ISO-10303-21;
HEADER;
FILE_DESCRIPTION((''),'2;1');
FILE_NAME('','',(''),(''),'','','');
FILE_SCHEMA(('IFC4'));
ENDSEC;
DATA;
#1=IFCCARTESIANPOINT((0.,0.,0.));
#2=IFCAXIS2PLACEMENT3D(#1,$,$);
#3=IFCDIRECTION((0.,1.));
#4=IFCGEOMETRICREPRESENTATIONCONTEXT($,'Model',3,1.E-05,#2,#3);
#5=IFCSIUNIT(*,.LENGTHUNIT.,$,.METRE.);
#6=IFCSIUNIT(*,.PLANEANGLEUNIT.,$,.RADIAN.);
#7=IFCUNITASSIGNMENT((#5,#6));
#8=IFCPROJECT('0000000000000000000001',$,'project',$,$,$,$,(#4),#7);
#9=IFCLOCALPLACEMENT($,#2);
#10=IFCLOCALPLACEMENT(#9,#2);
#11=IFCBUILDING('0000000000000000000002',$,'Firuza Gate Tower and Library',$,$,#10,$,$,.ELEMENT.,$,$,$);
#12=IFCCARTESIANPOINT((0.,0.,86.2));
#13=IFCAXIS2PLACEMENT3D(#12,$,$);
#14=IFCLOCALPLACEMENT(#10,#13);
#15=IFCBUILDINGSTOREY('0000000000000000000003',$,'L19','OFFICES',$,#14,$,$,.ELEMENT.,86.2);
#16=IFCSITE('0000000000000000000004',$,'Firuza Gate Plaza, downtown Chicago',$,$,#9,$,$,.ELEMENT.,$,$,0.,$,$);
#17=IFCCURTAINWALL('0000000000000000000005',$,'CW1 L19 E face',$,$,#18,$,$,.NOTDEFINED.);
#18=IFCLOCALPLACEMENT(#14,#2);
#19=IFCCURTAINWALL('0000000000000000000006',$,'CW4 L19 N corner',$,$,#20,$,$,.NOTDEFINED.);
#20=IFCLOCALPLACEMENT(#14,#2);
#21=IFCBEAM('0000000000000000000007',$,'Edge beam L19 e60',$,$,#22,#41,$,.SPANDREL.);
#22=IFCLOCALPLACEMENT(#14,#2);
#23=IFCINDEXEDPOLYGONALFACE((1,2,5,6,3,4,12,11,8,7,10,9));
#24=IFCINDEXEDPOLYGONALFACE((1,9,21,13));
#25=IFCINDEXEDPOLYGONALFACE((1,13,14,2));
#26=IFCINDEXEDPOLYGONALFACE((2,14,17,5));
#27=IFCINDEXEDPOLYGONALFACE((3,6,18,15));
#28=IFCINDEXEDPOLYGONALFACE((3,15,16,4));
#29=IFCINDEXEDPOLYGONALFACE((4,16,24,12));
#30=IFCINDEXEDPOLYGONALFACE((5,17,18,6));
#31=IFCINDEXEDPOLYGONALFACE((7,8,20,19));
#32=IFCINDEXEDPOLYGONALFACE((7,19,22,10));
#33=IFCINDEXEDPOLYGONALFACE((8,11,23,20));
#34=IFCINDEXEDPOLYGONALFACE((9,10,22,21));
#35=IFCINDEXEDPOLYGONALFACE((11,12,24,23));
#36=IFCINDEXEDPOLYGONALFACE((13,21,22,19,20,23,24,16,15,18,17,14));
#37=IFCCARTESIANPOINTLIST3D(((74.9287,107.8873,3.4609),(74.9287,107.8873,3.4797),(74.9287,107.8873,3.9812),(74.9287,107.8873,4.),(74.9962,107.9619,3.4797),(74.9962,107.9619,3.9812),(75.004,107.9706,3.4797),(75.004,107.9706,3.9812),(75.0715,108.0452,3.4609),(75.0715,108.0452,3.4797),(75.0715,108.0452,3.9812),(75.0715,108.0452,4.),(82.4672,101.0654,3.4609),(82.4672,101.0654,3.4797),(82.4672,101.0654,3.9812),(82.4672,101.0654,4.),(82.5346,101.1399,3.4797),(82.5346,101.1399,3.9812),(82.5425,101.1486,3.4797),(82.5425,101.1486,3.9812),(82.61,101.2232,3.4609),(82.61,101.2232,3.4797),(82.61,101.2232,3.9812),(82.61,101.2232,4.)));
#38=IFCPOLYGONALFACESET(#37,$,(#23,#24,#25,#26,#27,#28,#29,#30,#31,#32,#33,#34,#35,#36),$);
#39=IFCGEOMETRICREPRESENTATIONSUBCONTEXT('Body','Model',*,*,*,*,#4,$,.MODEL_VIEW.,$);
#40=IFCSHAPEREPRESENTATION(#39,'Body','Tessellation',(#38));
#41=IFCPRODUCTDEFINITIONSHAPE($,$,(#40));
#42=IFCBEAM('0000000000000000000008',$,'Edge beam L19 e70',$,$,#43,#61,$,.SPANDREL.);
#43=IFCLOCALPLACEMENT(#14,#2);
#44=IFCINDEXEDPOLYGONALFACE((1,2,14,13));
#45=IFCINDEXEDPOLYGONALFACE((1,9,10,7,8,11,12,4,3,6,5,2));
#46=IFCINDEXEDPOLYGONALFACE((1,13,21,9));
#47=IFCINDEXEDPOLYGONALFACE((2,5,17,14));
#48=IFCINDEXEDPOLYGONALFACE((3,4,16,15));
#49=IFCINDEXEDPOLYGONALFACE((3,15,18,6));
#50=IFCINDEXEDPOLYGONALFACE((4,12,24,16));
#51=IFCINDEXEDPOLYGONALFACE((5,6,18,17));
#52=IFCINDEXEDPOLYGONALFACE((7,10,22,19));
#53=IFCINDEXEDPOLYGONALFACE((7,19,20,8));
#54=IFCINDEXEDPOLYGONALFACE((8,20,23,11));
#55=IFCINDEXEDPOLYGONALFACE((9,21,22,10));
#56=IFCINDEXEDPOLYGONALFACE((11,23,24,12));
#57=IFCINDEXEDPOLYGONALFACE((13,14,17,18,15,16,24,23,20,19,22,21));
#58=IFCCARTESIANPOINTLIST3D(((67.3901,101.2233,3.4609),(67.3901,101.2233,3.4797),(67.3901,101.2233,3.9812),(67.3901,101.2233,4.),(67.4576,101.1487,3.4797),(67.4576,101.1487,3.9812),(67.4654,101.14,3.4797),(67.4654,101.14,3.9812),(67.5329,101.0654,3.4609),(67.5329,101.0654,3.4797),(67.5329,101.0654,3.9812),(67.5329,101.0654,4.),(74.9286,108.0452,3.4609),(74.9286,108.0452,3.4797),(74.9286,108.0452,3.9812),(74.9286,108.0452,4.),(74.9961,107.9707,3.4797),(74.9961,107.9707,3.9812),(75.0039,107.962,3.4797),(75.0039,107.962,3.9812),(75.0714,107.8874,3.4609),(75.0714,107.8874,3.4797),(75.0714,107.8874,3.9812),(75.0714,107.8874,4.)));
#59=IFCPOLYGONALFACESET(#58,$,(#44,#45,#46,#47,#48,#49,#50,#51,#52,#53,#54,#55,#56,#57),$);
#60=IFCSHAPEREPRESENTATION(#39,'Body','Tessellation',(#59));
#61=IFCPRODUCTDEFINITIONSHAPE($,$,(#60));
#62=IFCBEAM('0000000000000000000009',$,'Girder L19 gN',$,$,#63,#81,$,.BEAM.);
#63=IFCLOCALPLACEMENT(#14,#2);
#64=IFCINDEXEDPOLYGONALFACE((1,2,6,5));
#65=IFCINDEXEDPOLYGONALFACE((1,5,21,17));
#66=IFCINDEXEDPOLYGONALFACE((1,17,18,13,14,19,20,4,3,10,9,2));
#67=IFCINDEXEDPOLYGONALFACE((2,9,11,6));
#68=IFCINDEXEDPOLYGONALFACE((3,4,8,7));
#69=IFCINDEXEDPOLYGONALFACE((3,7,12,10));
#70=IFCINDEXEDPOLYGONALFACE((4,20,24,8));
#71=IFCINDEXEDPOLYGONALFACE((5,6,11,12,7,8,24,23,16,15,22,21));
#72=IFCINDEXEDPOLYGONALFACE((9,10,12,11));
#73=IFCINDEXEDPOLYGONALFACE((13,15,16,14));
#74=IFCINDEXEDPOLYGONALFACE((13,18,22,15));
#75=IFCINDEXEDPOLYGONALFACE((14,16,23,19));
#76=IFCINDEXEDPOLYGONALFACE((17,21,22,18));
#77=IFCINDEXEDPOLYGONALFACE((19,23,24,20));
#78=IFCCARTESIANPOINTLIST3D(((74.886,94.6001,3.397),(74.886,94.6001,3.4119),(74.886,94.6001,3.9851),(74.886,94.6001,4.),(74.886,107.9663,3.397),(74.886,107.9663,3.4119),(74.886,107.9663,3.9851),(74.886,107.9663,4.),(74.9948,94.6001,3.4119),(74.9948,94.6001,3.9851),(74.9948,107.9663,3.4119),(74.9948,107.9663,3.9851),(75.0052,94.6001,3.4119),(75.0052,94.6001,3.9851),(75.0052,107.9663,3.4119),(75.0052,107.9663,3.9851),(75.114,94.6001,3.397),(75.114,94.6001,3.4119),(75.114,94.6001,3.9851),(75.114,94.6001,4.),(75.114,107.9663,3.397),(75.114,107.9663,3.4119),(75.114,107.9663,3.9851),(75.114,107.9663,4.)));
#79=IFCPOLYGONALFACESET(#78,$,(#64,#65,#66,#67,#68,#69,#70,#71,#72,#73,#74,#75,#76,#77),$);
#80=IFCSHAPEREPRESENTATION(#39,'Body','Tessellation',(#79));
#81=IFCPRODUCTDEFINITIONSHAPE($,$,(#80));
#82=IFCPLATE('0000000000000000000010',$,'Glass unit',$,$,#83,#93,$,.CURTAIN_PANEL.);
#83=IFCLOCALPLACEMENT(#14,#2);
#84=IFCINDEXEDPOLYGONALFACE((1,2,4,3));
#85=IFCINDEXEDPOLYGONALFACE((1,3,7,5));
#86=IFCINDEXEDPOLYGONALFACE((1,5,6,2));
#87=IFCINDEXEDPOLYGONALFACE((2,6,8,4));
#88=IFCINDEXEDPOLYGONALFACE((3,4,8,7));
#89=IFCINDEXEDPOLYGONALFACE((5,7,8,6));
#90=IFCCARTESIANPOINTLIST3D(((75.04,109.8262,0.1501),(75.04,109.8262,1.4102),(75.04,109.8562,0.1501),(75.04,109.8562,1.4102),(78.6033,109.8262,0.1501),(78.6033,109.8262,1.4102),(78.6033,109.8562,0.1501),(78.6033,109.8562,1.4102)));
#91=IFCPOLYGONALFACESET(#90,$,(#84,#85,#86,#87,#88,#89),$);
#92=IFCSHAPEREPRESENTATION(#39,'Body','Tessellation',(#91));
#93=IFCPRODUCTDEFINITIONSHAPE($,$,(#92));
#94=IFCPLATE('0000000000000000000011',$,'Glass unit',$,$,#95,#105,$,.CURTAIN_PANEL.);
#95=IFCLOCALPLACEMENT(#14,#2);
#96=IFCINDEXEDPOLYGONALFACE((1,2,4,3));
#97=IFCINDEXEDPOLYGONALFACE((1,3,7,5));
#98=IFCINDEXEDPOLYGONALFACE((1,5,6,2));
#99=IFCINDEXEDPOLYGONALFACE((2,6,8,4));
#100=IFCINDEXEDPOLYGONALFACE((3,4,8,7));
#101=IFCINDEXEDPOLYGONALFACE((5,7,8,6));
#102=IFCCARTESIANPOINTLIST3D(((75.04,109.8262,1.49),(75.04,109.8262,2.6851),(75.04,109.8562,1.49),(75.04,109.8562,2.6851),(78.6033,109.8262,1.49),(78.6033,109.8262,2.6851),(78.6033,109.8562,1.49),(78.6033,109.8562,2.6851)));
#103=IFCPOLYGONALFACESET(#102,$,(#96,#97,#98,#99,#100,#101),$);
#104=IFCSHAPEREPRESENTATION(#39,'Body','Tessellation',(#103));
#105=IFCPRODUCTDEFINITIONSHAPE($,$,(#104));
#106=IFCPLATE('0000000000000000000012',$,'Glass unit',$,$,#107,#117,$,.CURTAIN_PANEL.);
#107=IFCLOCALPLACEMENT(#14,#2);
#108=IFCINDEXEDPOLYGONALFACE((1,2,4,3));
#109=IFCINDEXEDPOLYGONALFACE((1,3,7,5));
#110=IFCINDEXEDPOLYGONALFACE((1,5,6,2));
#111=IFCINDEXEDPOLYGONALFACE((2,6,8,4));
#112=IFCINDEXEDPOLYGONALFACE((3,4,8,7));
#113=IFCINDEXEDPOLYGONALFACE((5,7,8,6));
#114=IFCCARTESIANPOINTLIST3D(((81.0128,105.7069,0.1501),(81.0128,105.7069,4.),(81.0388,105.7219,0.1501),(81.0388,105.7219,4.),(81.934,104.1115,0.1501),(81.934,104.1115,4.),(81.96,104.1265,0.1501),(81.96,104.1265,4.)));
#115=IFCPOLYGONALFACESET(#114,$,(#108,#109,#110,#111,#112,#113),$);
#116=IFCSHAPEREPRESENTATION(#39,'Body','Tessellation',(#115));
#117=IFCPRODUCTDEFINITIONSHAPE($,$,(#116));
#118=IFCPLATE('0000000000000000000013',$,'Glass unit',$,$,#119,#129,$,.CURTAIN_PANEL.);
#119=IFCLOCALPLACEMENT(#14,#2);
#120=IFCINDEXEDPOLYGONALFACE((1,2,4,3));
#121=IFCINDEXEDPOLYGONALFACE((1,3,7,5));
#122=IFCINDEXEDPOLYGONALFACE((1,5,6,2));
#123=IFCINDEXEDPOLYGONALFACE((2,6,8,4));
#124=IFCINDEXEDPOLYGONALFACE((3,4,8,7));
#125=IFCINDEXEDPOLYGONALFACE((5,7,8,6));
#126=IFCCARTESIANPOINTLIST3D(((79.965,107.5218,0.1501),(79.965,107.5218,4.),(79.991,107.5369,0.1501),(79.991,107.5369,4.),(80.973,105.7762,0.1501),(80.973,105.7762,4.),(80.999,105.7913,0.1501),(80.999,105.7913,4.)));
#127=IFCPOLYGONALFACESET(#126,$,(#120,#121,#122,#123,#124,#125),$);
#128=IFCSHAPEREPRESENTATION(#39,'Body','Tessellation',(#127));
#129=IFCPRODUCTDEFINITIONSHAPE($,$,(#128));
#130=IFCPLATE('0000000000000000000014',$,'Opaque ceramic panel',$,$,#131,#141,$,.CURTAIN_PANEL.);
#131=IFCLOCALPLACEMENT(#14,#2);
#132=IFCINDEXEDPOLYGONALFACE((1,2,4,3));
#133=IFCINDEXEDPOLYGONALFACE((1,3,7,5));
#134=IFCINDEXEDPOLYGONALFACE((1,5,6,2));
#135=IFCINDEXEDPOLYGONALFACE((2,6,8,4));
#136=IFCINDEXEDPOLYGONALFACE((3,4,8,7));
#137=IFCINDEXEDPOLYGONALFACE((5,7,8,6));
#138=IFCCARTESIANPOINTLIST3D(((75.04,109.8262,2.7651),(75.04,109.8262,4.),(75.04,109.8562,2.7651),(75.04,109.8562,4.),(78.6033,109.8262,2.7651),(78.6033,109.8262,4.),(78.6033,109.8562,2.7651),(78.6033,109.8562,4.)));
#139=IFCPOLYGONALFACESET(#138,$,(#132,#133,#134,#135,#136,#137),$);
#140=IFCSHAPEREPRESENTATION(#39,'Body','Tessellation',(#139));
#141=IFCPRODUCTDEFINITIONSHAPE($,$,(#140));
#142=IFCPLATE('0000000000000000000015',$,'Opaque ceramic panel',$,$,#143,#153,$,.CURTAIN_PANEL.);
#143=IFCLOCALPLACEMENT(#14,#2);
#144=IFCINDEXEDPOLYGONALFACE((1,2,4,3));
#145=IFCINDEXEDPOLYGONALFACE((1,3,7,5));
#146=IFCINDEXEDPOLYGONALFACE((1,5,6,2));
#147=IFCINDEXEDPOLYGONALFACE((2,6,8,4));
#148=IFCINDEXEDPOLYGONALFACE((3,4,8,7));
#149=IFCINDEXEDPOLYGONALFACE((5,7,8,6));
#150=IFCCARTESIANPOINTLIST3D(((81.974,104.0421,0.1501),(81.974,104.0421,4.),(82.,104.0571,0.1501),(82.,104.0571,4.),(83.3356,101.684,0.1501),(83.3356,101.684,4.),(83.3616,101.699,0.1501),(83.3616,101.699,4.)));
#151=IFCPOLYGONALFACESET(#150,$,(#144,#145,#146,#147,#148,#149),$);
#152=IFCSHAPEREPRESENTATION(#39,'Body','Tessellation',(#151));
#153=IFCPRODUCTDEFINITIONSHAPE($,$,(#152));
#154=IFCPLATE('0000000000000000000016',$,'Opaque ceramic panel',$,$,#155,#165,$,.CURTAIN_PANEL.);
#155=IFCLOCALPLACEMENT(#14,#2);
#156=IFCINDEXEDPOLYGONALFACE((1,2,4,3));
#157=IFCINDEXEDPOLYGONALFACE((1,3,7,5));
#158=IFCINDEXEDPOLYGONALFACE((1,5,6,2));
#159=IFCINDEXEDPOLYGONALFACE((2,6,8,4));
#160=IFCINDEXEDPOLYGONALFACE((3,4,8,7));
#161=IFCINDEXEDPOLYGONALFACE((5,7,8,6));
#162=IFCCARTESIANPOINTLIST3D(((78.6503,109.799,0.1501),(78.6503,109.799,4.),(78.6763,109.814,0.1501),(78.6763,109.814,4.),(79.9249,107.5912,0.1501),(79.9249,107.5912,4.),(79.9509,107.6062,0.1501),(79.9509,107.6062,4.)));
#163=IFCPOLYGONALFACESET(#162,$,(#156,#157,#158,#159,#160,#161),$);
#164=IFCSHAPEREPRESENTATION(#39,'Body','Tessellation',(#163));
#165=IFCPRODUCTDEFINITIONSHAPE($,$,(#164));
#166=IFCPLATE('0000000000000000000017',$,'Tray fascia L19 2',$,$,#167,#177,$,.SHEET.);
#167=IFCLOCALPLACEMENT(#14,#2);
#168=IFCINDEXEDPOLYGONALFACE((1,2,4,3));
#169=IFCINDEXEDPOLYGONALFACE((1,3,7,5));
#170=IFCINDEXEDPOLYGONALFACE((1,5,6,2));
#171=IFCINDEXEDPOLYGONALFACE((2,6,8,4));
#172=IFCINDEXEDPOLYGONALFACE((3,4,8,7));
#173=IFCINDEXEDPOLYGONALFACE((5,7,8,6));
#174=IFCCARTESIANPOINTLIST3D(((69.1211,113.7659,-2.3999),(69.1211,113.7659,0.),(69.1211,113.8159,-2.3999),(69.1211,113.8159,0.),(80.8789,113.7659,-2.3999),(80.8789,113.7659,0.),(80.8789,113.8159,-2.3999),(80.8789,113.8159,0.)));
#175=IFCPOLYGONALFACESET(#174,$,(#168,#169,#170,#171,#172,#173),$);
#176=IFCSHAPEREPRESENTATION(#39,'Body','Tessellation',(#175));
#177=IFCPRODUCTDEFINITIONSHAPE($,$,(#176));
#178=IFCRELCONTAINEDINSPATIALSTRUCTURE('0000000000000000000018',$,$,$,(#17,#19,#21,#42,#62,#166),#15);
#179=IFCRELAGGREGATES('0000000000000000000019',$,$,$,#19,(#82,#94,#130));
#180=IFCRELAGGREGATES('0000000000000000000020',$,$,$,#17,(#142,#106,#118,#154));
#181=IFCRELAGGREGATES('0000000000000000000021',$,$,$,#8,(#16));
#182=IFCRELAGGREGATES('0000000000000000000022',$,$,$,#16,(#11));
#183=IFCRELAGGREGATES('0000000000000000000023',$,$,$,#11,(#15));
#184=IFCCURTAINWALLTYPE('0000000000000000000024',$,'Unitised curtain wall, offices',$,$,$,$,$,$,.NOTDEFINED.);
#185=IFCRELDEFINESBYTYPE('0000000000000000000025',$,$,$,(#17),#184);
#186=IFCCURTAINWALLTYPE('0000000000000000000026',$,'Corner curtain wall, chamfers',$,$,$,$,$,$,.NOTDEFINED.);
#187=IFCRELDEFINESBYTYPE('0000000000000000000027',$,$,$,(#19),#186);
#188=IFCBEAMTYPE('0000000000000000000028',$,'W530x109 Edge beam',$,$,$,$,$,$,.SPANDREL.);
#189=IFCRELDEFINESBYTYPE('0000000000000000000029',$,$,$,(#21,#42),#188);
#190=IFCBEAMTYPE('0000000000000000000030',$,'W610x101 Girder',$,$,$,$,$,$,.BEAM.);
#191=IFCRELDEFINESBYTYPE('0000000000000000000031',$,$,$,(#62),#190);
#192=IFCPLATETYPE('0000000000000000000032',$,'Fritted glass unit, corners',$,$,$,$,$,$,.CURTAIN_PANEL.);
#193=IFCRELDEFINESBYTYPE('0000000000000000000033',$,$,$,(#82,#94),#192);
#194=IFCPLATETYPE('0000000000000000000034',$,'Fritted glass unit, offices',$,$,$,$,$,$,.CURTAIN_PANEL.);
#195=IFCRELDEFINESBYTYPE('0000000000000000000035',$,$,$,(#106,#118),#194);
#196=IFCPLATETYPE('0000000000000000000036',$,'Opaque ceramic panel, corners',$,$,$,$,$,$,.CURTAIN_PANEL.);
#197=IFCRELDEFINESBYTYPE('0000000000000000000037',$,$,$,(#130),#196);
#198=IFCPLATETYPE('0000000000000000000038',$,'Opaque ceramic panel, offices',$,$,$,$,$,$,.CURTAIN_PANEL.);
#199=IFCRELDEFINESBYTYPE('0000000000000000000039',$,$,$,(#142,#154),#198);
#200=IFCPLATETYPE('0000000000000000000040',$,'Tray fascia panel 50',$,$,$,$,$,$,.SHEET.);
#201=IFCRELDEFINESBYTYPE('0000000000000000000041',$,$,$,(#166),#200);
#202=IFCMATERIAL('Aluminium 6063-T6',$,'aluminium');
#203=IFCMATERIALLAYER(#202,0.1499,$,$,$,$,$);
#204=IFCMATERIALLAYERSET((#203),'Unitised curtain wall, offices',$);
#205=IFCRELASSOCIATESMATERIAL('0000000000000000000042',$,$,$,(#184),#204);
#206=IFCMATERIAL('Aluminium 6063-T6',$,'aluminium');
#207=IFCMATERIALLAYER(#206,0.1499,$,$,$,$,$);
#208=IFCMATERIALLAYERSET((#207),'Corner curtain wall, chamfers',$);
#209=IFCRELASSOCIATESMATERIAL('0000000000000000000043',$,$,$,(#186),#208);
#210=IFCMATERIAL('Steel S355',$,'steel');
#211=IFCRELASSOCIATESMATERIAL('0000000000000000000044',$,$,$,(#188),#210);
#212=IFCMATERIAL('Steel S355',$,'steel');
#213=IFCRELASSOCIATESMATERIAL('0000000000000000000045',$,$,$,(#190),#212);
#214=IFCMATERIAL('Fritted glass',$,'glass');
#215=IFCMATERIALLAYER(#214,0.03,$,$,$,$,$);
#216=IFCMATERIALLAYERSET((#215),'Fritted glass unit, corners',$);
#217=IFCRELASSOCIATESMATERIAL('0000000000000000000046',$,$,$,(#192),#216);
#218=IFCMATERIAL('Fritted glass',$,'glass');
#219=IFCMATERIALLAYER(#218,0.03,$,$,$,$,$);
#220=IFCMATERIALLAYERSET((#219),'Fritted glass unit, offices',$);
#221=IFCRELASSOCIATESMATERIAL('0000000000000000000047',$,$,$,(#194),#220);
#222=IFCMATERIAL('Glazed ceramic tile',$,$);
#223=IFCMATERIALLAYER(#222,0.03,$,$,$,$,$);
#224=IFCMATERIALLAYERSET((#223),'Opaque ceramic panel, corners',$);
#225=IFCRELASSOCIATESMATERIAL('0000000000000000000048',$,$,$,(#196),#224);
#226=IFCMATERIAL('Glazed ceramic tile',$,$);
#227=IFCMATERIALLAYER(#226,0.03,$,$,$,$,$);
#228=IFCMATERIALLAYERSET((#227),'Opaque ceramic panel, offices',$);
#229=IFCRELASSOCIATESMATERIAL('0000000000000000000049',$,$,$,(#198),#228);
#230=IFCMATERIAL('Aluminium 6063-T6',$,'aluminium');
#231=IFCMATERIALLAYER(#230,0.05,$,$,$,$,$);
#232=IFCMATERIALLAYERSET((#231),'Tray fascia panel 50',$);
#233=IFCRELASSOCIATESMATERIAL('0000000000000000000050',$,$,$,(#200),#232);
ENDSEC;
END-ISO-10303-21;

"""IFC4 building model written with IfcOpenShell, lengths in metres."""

from ifc_helpers import new_model, si_unit, direction, frame, origin, origin_2d, place, context, subcontext, project, spatial, polyline, i_section, outline, extrude, material, layer, layer_set, material_profile, profile_set, type_object, element, aggregate, save


model = new_model("IFC4")

# Units and contexts
model_context = context("Model", 3, precision=1e-05, world=origin(), true_north=direction((0.0, 1.0)))
body_context = subcontext(model_context, "Body", "Model", "MODEL_VIEW")
ifc_project = project(units=[si_unit("LENGTHUNIT", "METRE"), si_unit("PLANEANGLEUNIT", "RADIAN")], contexts=[model_context])

# Site, building, storey
site_placement = place(None, origin())
site = spatial("IfcSite", under=ifc_project, at=site_placement, Name="Firuza Gate Plaza, downtown Chicago", CompositionType="ELEMENT", RefElevation=0.0)
building_placement = place(site_placement, origin())
building = spatial("IfcBuilding", under=site, at=building_placement, Name="Firuza Gate Tower and Library", CompositionType="ELEMENT")
storey_placement = place(building_placement, frame((0.0, 0.0, 86.2)))
storey = spatial("IfcBuildingStorey", under=building, at=storey_placement, Name="L19", Description="OFFICES", CompositionType="ELEMENT", Elevation=86.2)

# Curtain walls
ifc_material_1 = material(Name="Aluminium 6063-T6", Category="aluminium")
ifc_layer_1 = layer(ifc_material_1, 0.1499)
ifc_layer_set_1 = layer_set([ifc_layer_1], Name="Unitised curtain wall, offices")
curtain_wall_type_1 = type_object("IfcCurtainWallType", Name="Unitised curtain wall, offices", PredefinedType="NOTDEFINED", material=ifc_layer_set_1)
placement = place(storey_placement, origin())
curtain_wall_1 = element("IfcCurtainWall", 1, at=placement, inside=storey, type_object=curtain_wall_type_1, Name="CW1 L19 E face", PredefinedType="NOTDEFINED")
ifc_material_2 = material(Name="Aluminium 6063-T6", Category="aluminium")
ifc_layer_2 = layer(ifc_material_2, 0.1499)
ifc_layer_set_2 = layer_set([ifc_layer_2], Name="Corner curtain wall, chamfers")
curtain_wall_type_2 = type_object("IfcCurtainWallType", Name="Corner curtain wall, chamfers", PredefinedType="NOTDEFINED", material=ifc_layer_set_2)
curtain_wall_2 = element("IfcCurtainWall", 2, at=placement, inside=storey, type_object=curtain_wall_type_2, Name="CW4 L19 N corner", PredefinedType="NOTDEFINED")

# Beams
ifc_material_3 = material(Name="Steel S355", Category="steel")
ifc_material_profile_1 = material_profile(ifc_material_3, i_section(OverallWidth=0.2129, OverallDepth=0.5391, WebThickness=0.0117, FlangeThickness=0.0188, at=origin_2d()))
ifc_profile_set_1 = profile_set([ifc_material_profile_1], Name="Steel S355")
beam_type_1 = type_object("IfcBeamType", Name="W530x109 Edge beam", PredefinedType="SPANDREL", material=ifc_profile_set_1)
for number, where, z_axis, x_axis, name in (
    (3, (82.5386, 101.1443, 3.7305), (-0.741467, 0.670989, 0.0), (-0.670989, -0.741467, 0.0), "Edge beam L19 e60"),
    (4, (75.0, 107.9663, 3.7305), (-0.741467, -0.670989, 0.0), (0.670989, -0.741467, 0.0), "Edge beam L19 e70"),
):
    element("IfcBeam", number, at=place(storey_placement, frame(where, z_axis=z_axis, x_axis=x_axis)), inside=storey, type_object=beam_type_1, Name=name, PredefinedType="SPANDREL", context=body_context, shape_type="SweptSolid", body=[
        extrude(i_section(OverallWidth=0.2129, OverallDepth=0.5391, WebThickness=0.0117, FlangeThickness=0.0188, at=origin_2d()), origin(), (0.0, 0.0, 1.0), 10.167),
    ])
ifc_material_4 = material(Name="Steel S355", Category="steel")
ifc_material_profile_2 = material_profile(ifc_material_4, i_section(OverallWidth=0.228, OverallDepth=0.603, WebThickness=0.0105, FlangeThickness=0.0149, at=origin_2d()))
ifc_profile_set_2 = profile_set([ifc_material_profile_2], Name="Steel S355")
beam_type_2 = type_object("IfcBeamType", Name="W610x101 Girder", PredefinedType="BEAM", material=ifc_profile_set_2)
beam_1_placement = place(storey_placement, frame((75.0, 107.9663, 3.6985), z_axis=(0.0, -1.0, 0.0), x_axis=(1.0, 0.0, 0.0)))
element("IfcBeam", 5, at=beam_1_placement, inside=storey, type_object=beam_type_2, Name="Girder L19 gN", PredefinedType="BEAM", context=body_context, shape_type="SweptSolid", body=[
    extrude(i_section(OverallWidth=0.228, OverallDepth=0.603, WebThickness=0.0105, FlangeThickness=0.0149, at=origin_2d()), origin(), (0.0, 0.0, 1.0), 13.3662),
])

# Plates
ifc_material_5 = material(Name="Fritted glass", Category="glass")
ifc_layer_3 = layer(ifc_material_5, 0.03)
ifc_layer_set_3 = layer_set([ifc_layer_3], Name="Fritted glass unit, corners")
plate_type_1 = type_object("IfcPlateType", Name="Fritted glass unit, corners", PredefinedType="CURTAIN_PANEL", material=ifc_layer_set_3)
plate_1_placement = place(storey_placement, frame((78.6033, 109.8562, 0.1501), z_axis=(0.0, 1.0, 0.0), x_axis=(-1.0, 0.0, 0.0)))
plate_1 = element("IfcPlate", 6, at=plate_1_placement, type_object=plate_type_1, Name="Glass unit", PredefinedType="CURTAIN_PANEL", context=body_context, shape_type="SweptSolid", body=[
    extrude(outline(polyline([(0.0, 0.0), (3.5632, 0.0), (3.5632, 1.26), (0.0, 1.26), (0.0, 0.0)])), origin(), (0.0, 0.0, -1.0), 0.03),
])
plate_2_placement = place(storey_placement, frame((78.6033, 109.8562, 1.49), z_axis=(0.0, 1.0, 0.0), x_axis=(-1.0, 0.0, 0.0)))
plate_2 = element("IfcPlate", 7, at=plate_2_placement, type_object=plate_type_1, Name="Glass unit", PredefinedType="CURTAIN_PANEL", context=body_context, shape_type="SweptSolid", body=[
    extrude(outline(polyline([(0.0, 0.0), (3.5632, 0.0), (3.5632, 1.1951), (0.0, 1.1951), (0.0, 0.0)])), origin(), (0.0, 0.0, -1.0), 0.03),
])
ifc_material_6 = material(Name="Fritted glass", Category="glass")
ifc_layer_4 = layer(ifc_material_6, 0.03)
ifc_layer_set_4 = layer_set([ifc_layer_4], Name="Fritted glass unit, offices")
plate_type_2 = type_object("IfcPlateType", Name="Fritted glass unit, offices", PredefinedType="CURTAIN_PANEL", material=ifc_layer_set_4)
plate_3_placement = place(storey_placement, frame((81.96, 104.1265, 0.1501), z_axis=(0.866024, 0.500002, 0.0), x_axis=(-0.500002, 0.866024, 0.0)))
plate_3 = element("IfcPlate", 8, at=plate_3_placement, type_object=plate_type_2, Name="Glass unit", PredefinedType="CURTAIN_PANEL", context=body_context, shape_type="SweptSolid", body=[
    extrude(outline(polyline([(0.0, 0.0), (1.8423, 0.0), (1.8423, 3.8499), (0.0, 3.8499), (0.0, 0.0)])), origin(), (0.0, 0.0, -1.0), 0.03),
])
plate_4_placement = place(storey_placement, frame((80.999, 105.7913, 0.1501), z_axis=(0.865976, 0.500086, 0.0), x_axis=(-0.500086, 0.865976, 0.0)))
plate_4 = element("IfcPlate", 9, at=plate_4_placement, type_object=plate_type_2, Name="Glass unit", PredefinedType="CURTAIN_PANEL", context=body_context, shape_type="SweptSolid", body=[
    extrude(outline(polyline([(0.0, 0.0), (2.0158, 0.0), (2.0158, 3.8499), (0.0, 3.8499), (0.0, 0.0)])), origin(), (0.0, 0.0, -1.0), 0.03),
])
ifc_material_7 = material(Name="Glazed ceramic tile")
ifc_layer_5 = layer(ifc_material_7, 0.03)
ifc_layer_set_5 = layer_set([ifc_layer_5], Name="Opaque ceramic panel, corners")
plate_type_3 = type_object("IfcPlateType", Name="Opaque ceramic panel, corners", PredefinedType="CURTAIN_PANEL", material=ifc_layer_set_5)
plate_5_placement = place(storey_placement, frame((78.6033, 109.8562, 2.7651), z_axis=(0.0, 1.0, 0.0), x_axis=(-1.0, 0.0, 0.0)))
plate_5 = element("IfcPlate", 10, at=plate_5_placement, type_object=plate_type_3, Name="Opaque ceramic panel", PredefinedType="CURTAIN_PANEL", context=body_context, shape_type="SweptSolid", body=[
    extrude(outline(polyline([(0.0, 0.0), (3.5632, 0.0), (3.5632, 1.2349), (0.0, 1.2349), (0.0, 0.0)])), origin(), (0.0, 0.0, -1.0), 0.03),
])
aggregate(curtain_wall_2, [plate_1, plate_2, plate_5])
ifc_material_8 = material(Name="Glazed ceramic tile")
ifc_layer_6 = layer(ifc_material_8, 0.03)
ifc_layer_set_6 = layer_set([ifc_layer_6], Name="Opaque ceramic panel, offices")
plate_type_4 = type_object("IfcPlateType", Name="Opaque ceramic panel, offices", PredefinedType="CURTAIN_PANEL", material=ifc_layer_set_6)
plate_6_placement = place(storey_placement, frame((83.3616, 101.699, 0.1501), z_axis=(0.866011, 0.500025, 0.0), x_axis=(-0.500025, 0.866011, 0.0)))
plate_6 = element("IfcPlate", 11, at=plate_6_placement, type_object=plate_type_4, Name="Opaque ceramic panel", PredefinedType="CURTAIN_PANEL", context=body_context, shape_type="SweptSolid", body=[
    extrude(outline(polyline([(0.0, 0.0), (2.723, 0.0), (2.723, 3.8499), (0.0, 3.8499), (0.0, 0.0)])), origin(), (0.0, 0.0, -1.0), 0.03),
])
plate_7_placement = place(storey_placement, frame((79.9509, 107.6062, 0.1501), z_axis=(0.866025, 0.500002, 0.0), x_axis=(-0.500002, 0.866025, 0.0)))
plate_7 = element("IfcPlate", 12, at=plate_7_placement, type_object=plate_type_4, Name="Opaque ceramic panel", PredefinedType="CURTAIN_PANEL", context=body_context, shape_type="SweptSolid", body=[
    extrude(outline(polyline([(0.0, 0.0), (2.5493, 0.0), (2.5493, 3.8499), (0.0, 3.8499), (0.0, 0.0)])), origin(), (0.0, 0.0, -1.0), 0.03),
])
aggregate(curtain_wall_1, [plate_6, plate_3, plate_4, plate_7])
ifc_material_9 = material(Name="Aluminium 6063-T6", Category="aluminium")
ifc_layer_7 = layer(ifc_material_9, 0.05)
ifc_layer_set_7 = layer_set([ifc_layer_7], Name="Tray fascia panel 50")
plate_type_5 = type_object("IfcPlateType", Name="Tray fascia panel 50", PredefinedType="SHEET", material=ifc_layer_set_7)
plate_8_placement = place(storey_placement, frame((80.8789, 113.8159, -2.3999), z_axis=(0.0, 1.0, 0.0), x_axis=(-1.0, 0.0, 0.0)))
element("IfcPlate", 13, at=plate_8_placement, inside=storey, type_object=plate_type_5, Name="Tray fascia L19 2", PredefinedType="SHEET", context=body_context, shape_type="SweptSolid", body=[
    extrude(outline(polyline([(0.0, 0.0), (11.7578, 0.0), (11.7578, 2.3999), (0.0, 2.3999), (0.0, 0.0)])), origin(), (0.0, 0.0, -1.0), 0.05),
])

save(model, "model.ifc")
